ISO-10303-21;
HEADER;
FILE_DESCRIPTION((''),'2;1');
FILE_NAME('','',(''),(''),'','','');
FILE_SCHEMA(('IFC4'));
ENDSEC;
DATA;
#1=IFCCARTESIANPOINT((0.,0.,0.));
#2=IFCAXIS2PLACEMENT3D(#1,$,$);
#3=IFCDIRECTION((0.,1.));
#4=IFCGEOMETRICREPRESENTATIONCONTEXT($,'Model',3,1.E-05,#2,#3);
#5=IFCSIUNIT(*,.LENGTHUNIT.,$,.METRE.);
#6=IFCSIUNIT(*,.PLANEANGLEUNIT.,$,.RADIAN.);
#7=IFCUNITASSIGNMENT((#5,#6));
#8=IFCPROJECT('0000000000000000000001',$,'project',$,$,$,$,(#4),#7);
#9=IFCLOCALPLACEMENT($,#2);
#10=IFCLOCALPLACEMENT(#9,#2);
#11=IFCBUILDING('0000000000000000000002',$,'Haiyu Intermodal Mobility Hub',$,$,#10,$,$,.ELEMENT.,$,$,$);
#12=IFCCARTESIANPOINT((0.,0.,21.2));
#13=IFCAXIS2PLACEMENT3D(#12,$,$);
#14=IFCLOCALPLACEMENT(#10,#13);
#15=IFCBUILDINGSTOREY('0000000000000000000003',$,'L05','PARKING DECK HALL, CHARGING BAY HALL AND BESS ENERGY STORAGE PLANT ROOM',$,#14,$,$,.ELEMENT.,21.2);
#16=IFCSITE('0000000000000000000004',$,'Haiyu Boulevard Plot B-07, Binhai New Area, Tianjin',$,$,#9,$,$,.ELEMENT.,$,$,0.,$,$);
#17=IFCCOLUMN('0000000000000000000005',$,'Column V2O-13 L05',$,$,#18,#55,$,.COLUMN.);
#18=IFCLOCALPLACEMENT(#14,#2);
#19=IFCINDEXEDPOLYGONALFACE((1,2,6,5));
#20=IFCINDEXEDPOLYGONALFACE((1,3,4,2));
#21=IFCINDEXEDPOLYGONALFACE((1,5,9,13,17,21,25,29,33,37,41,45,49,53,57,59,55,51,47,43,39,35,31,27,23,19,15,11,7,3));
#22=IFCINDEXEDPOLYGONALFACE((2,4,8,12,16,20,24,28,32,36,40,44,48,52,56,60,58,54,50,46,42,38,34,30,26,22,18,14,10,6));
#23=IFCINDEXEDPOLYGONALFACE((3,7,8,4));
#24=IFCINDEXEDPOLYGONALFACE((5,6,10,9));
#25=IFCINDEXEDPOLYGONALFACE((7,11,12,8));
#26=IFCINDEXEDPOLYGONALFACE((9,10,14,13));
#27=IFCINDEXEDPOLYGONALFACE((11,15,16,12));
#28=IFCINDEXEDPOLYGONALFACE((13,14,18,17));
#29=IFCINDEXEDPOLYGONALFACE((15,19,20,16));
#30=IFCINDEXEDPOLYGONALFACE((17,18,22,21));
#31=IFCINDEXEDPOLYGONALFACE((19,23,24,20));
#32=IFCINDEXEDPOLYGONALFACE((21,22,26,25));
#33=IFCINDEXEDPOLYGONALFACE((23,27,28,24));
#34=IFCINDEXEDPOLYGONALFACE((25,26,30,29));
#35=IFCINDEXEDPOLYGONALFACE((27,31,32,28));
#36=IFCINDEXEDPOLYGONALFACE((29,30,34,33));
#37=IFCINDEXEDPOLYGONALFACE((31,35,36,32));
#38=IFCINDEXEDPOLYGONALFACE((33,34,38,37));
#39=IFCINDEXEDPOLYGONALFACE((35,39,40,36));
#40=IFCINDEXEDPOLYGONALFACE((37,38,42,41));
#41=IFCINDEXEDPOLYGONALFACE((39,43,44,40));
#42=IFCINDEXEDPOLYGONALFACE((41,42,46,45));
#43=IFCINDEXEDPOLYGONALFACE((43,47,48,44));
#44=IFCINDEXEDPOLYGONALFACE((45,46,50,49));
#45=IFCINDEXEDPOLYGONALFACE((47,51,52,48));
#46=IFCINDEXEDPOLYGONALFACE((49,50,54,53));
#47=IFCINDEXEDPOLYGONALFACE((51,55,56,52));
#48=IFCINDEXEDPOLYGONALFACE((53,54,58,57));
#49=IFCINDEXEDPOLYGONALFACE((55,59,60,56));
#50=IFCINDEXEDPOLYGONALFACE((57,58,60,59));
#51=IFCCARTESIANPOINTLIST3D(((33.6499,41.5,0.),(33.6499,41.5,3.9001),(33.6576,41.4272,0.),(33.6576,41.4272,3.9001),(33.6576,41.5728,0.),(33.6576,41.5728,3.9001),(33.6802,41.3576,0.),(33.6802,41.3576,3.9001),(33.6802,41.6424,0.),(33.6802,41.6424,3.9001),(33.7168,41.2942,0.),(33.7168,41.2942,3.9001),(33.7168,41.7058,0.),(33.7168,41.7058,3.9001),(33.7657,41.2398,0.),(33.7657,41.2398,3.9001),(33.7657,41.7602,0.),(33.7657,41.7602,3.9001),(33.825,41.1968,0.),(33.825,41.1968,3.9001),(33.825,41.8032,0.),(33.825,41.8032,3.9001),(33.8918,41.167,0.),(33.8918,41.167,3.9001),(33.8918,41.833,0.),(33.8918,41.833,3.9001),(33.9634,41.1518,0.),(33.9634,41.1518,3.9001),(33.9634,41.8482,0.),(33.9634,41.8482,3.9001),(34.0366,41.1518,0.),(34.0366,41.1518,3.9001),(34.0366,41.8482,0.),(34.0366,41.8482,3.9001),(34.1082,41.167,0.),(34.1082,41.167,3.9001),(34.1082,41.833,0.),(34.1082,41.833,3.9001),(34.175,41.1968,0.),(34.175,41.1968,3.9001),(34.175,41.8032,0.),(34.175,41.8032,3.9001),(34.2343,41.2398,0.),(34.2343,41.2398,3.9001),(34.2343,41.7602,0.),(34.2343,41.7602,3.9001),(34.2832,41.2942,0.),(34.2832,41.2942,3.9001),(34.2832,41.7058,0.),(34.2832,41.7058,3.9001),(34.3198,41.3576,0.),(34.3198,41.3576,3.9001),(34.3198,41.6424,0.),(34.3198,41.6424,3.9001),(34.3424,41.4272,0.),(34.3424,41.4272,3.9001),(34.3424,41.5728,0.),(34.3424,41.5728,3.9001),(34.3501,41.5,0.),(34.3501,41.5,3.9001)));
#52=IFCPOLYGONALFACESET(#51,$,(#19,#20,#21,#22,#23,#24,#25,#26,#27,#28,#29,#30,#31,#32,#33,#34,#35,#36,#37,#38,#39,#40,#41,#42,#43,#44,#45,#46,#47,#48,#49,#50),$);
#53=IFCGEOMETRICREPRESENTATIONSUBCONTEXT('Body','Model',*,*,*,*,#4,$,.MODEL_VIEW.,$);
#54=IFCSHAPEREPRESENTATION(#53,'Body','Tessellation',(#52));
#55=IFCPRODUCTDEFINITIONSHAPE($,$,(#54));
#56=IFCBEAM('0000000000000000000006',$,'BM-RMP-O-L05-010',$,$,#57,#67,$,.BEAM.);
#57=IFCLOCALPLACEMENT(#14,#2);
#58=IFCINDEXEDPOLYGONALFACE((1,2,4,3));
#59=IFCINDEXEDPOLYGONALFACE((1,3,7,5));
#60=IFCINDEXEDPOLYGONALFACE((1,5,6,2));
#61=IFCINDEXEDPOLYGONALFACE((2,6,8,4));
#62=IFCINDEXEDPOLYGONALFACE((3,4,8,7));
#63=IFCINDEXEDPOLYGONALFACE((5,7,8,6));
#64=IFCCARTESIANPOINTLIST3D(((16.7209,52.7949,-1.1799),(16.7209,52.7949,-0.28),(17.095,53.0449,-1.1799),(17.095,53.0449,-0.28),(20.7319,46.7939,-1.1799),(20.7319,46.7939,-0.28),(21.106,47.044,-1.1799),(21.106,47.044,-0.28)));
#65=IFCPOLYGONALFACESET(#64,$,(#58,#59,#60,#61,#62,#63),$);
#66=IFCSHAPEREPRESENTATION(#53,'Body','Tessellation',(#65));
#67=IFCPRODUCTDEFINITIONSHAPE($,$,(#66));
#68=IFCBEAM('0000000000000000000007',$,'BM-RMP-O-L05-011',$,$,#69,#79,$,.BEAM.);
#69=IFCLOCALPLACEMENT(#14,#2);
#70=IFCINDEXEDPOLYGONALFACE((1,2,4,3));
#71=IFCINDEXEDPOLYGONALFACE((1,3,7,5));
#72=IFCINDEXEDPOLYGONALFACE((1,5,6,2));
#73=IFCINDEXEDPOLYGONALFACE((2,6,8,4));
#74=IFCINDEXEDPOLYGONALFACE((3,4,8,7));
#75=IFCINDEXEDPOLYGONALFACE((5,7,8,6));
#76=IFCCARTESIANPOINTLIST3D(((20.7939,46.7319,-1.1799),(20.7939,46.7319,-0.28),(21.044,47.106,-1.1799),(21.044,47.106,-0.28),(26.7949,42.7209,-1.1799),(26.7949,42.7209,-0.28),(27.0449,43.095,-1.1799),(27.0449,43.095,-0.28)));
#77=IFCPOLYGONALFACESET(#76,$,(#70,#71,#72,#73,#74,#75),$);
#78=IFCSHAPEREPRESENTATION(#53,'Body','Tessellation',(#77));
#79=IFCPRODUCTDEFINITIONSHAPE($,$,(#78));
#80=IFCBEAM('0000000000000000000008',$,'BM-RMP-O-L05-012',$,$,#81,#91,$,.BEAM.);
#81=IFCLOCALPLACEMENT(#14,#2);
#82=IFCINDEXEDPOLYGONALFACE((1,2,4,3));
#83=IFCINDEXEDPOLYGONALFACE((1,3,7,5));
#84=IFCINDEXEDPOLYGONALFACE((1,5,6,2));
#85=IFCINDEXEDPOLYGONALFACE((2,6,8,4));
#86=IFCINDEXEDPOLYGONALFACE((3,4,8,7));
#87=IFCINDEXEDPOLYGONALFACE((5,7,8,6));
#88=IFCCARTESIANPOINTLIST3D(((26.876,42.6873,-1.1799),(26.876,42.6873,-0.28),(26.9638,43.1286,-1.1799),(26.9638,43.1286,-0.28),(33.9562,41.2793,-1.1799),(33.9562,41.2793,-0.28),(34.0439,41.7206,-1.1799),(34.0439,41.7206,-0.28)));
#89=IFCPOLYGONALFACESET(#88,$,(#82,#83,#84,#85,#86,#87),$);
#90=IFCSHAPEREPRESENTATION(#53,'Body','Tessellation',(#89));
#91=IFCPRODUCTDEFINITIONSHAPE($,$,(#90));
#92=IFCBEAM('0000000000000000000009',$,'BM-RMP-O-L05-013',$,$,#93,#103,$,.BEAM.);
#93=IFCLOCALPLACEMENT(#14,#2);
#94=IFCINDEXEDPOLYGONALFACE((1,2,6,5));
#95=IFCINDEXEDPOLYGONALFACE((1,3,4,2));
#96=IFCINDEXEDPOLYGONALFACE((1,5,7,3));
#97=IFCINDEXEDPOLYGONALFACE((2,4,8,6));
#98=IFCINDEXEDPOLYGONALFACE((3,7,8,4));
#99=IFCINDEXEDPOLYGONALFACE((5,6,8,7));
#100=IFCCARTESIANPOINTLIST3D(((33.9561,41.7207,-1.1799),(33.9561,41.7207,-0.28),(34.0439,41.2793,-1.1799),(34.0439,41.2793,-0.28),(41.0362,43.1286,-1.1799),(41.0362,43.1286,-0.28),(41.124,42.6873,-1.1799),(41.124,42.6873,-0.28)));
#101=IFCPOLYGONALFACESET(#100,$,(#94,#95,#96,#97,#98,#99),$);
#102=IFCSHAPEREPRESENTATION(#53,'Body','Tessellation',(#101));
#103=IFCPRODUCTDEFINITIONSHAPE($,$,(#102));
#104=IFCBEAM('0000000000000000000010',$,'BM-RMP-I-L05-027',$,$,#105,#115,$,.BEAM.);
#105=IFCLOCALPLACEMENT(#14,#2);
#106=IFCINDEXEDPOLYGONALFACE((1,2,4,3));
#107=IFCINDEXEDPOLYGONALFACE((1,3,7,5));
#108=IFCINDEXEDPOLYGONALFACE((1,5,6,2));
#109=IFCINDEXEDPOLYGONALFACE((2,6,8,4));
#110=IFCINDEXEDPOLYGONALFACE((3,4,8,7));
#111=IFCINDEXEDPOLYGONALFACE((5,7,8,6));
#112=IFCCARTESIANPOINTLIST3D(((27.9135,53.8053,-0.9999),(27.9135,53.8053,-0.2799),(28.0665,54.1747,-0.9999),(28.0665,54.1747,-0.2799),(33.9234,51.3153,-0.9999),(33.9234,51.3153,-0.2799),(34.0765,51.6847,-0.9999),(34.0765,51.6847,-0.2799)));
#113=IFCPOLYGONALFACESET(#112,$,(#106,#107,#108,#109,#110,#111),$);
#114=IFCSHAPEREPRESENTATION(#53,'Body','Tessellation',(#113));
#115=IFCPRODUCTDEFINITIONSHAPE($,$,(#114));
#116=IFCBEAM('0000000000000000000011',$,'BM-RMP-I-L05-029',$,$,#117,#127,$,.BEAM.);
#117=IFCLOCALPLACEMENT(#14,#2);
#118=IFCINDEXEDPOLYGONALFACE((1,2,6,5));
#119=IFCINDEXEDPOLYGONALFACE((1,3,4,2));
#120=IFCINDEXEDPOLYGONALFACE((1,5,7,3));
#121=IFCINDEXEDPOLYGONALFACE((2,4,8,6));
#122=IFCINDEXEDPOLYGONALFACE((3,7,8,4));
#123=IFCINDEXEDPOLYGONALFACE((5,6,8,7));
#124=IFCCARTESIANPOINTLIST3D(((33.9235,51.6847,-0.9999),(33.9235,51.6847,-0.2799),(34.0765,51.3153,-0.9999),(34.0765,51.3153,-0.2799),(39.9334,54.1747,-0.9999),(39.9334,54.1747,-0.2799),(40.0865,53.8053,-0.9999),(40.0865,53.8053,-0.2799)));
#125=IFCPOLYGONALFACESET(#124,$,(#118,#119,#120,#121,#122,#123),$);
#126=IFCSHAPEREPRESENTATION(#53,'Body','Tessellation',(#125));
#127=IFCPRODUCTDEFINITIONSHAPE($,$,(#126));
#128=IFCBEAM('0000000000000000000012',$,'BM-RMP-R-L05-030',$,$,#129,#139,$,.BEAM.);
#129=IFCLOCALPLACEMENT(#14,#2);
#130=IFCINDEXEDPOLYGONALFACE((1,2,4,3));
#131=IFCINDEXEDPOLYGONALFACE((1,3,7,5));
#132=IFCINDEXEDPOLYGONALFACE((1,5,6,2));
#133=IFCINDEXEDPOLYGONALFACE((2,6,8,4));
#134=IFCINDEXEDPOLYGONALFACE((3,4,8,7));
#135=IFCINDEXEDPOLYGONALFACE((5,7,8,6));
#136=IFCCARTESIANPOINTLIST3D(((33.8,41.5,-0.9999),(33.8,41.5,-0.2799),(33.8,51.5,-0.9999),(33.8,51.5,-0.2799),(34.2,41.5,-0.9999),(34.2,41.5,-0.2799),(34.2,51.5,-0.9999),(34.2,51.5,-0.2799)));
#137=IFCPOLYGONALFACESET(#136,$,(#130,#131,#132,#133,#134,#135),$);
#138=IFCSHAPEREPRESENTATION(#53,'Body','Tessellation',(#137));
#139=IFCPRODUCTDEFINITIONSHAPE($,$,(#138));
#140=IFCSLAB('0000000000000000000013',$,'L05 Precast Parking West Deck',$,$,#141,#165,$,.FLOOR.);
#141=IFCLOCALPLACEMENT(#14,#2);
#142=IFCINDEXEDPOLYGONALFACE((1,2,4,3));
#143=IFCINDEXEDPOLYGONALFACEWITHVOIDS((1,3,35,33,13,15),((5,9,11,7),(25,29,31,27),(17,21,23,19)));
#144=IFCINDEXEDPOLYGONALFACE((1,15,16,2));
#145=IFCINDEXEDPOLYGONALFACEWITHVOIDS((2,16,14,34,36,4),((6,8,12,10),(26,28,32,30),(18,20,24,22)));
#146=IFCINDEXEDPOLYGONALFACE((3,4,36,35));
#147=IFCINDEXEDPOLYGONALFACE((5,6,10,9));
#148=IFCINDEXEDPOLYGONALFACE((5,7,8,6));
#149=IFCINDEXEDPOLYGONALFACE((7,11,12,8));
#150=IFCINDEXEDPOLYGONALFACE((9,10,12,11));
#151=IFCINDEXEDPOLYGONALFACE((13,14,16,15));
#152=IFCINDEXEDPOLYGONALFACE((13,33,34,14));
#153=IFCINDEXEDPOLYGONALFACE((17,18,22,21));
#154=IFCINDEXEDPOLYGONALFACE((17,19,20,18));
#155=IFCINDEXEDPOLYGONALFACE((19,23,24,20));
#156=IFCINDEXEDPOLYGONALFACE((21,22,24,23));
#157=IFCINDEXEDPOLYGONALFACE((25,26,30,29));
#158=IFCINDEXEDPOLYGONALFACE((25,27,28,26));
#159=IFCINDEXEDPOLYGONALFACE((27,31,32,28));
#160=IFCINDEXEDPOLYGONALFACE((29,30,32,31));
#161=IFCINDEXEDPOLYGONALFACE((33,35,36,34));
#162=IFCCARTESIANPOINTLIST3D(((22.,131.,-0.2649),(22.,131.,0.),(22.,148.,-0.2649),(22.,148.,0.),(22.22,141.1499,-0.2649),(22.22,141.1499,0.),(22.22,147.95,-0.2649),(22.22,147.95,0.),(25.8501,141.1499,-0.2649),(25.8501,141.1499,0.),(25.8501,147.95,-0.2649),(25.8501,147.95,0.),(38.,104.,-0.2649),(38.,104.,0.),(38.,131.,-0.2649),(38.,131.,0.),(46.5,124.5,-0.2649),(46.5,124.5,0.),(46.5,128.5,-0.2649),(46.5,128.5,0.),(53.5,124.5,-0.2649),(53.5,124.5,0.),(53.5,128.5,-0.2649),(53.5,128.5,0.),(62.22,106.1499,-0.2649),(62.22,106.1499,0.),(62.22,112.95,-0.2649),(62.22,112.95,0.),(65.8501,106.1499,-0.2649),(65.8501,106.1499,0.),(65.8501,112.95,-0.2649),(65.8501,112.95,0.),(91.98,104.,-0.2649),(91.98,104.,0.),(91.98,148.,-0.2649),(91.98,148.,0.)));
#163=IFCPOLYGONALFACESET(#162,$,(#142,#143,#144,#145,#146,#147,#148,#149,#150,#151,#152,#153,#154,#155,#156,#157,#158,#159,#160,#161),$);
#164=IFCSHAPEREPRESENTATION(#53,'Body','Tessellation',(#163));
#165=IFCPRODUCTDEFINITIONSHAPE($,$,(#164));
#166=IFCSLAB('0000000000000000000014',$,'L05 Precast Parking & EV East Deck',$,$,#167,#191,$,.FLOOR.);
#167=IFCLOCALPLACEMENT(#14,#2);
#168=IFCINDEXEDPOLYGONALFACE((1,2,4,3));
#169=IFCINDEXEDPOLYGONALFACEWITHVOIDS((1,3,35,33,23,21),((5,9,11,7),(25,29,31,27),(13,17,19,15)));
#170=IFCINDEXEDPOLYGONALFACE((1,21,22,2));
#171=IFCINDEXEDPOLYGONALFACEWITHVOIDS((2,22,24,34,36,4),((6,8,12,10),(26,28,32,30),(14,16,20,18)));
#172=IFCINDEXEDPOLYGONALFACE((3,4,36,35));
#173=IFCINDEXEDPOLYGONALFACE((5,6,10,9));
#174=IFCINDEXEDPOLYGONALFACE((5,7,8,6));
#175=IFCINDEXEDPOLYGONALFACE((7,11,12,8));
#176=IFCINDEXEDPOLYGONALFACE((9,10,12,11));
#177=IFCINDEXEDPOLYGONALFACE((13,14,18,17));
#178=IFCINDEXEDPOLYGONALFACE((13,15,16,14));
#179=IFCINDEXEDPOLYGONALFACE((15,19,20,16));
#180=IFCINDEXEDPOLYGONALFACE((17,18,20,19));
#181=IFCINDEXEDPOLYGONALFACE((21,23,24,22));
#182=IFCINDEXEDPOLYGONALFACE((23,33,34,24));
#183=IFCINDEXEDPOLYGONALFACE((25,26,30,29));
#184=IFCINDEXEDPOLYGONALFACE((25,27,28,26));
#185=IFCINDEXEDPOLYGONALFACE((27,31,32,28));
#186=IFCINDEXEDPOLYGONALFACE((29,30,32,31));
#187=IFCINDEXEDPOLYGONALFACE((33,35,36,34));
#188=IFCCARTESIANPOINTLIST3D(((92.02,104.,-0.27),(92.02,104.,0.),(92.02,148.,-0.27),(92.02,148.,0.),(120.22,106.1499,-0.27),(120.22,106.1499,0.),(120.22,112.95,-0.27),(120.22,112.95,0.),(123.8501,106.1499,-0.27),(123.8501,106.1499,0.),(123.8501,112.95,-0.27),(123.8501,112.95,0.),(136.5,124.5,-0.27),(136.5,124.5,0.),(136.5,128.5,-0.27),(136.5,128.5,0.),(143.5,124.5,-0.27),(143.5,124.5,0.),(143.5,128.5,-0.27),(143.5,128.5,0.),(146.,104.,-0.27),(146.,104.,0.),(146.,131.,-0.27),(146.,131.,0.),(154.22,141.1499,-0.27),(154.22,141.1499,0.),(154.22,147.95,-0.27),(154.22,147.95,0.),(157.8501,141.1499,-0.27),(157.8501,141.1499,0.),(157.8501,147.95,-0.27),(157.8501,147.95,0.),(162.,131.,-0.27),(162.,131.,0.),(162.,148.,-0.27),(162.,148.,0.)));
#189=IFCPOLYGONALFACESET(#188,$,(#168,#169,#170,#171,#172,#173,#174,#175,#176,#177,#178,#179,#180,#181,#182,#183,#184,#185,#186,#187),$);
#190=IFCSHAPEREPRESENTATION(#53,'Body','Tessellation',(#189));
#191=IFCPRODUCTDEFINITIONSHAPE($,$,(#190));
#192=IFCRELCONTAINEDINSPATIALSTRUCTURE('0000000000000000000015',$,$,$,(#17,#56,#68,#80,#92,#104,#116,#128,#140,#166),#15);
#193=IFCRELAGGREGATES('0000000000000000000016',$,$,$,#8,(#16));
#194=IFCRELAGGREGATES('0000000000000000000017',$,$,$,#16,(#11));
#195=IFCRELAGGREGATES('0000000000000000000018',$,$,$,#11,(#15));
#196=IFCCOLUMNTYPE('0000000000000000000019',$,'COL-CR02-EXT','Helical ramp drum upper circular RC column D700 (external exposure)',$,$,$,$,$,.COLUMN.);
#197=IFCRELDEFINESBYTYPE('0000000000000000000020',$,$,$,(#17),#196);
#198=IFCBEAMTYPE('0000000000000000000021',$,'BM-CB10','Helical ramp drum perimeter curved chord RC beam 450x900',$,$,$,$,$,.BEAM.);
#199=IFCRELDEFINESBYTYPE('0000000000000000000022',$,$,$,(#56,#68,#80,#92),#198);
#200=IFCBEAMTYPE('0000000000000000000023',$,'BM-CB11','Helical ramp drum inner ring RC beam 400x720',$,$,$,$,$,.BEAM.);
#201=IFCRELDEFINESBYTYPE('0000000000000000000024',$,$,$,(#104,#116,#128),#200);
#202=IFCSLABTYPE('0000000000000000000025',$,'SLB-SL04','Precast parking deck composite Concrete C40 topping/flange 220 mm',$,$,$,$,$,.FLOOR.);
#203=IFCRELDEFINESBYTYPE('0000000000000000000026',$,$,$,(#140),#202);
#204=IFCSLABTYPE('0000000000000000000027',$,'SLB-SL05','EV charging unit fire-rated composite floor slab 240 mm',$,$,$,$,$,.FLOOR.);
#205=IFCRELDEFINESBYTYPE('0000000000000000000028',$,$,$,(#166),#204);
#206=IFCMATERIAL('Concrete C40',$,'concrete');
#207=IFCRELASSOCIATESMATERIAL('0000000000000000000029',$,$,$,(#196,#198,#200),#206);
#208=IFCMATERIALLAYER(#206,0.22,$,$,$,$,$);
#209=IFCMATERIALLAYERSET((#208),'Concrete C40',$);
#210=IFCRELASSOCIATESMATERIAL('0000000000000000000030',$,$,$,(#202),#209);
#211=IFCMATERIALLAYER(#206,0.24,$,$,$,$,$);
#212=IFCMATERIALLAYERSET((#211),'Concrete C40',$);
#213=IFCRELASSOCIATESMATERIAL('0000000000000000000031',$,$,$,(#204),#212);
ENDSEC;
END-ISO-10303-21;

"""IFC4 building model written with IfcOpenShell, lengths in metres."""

from ifc_helpers import new_model, si_unit, direction, frame, origin, origin_2d, place, context, subcontext, project, spatial, polyline, rectangle, circle, outline, extrude, material, layer, layer_set, material_profile, profile_set, type_object, element, save


model = new_model("IFC4")

# Units and contexts
model_context = context("Model", 3, precision=1e-05, world=origin(), true_north=direction((0.0, 1.0)))
body_context = subcontext(model_context, "Body", "Model", "MODEL_VIEW")
ifc_project = project(units=[si_unit("LENGTHUNIT", "METRE"), si_unit("PLANEANGLEUNIT", "RADIAN")], contexts=[model_context])

# Site, building, storey
site_placement = place(None, origin())
site = spatial("IfcSite", under=ifc_project, at=site_placement, Name="Haiyu Boulevard Plot B-07, Binhai New Area, Tianjin", CompositionType="ELEMENT", RefElevation=0.0)
building_placement = place(site_placement, origin())
building = spatial("IfcBuilding", under=site, at=building_placement, Name="Haiyu Intermodal Mobility Hub", CompositionType="ELEMENT")
storey_placement = place(building_placement, frame((0.0, 0.0, 21.2)))
storey = spatial("IfcBuildingStorey", under=building, at=storey_placement, Name="L05", Description="PARKING DECK HALL, CHARGING BAY HALL AND BESS ENERGY STORAGE PLANT ROOM", CompositionType="ELEMENT", Elevation=21.2)

# Column
ifc_material_1 = material(Name="Concrete C40", Category="concrete")
ifc_material_profile_1 = material_profile(ifc_material_1, circle(Radius=0.3501, at=origin_2d()), Name="RCCOL-D700")
ifc_profile_set_1 = profile_set([ifc_material_profile_1], Name="Concrete C40")
column_type_1 = type_object("IfcColumnType", Name="COL-CR02-EXT", Description="Helical ramp drum upper circular RC column D700 (external exposure)", PredefinedType="COLUMN", material=ifc_profile_set_1)
for number, where, z_axis, x_axis, name in (
    (1, (34.0, 41.5, 0.0), (0.0, 0.0, 1.0), (1.0, 0.0, 0.0), "Column V2O-13 L05"),
):
    element("IfcColumn", number, at=place(storey_placement, frame(where, z_axis=z_axis, x_axis=x_axis)), inside=storey, type_object=column_type_1, Name=name, PredefinedType="COLUMN", context=body_context, shape_type="SweptSolid", body=[
        extrude(circle(Radius=0.3501, at=origin_2d()), origin(), (0.0, 0.0, 1.0), 3.9001),
    ])

# Beams
ifc_material_profile_2 = material_profile(ifc_material_1, rectangle(XDim=0.45, YDim=0.8999, at=origin_2d()), Name="RCB450x900")
ifc_profile_set_2 = profile_set([ifc_material_profile_2], Name="Concrete C40")
beam_type_1 = type_object("IfcBeamType", Name="BM-CB10", Description="Helical ramp drum perimeter curved chord RC beam 450x900", PredefinedType="BEAM", material=ifc_profile_set_2)
for number, where, z_axis, x_axis, name in (
    (2, (16.908, 52.9199, -0.73), (0.555691, -0.831389, 0.0), (0.831389, 0.555691, 0.0), "BM-RMP-O-L05-010"),
    (3, (20.9189, 46.9189, -0.73), (0.831389, -0.555691, 0.0), (0.555691, 0.831389, 0.0), "BM-RMP-O-L05-011"),
):
    element("IfcBeam", number, at=place(storey_placement, frame(where, z_axis=z_axis, x_axis=x_axis)), inside=storey, type_object=beam_type_1, Name=name, PredefinedType="BEAM", context=body_context, shape_type="SweptSolid", body=[
        extrude(rectangle(XDim=0.45, YDim=0.8999, at=origin_2d()), origin(), (0.0, 0.0, 1.0), 7.218),
    ])
for number, where, z_axis, x_axis, name in (
    (4, (26.9199, 42.908, -0.73), (0.980795, -0.195043, 0.0), (0.195043, 0.980795, 0.0), "BM-RMP-O-L05-012"),
    (5, (34.0, 41.5, -0.73), (0.980795, 0.195043, 0.0), (-0.195043, 0.980795, 0.0), "BM-RMP-O-L05-013"),
):
    element("IfcBeam", number, at=place(storey_placement, frame(where, z_axis=z_axis, x_axis=x_axis)), inside=storey, type_object=beam_type_1, Name=name, PredefinedType="BEAM", context=body_context, shape_type="SweptSolid", body=[
        extrude(rectangle(XDim=0.45, YDim=0.8999, at=origin_2d()), origin(), (0.0, 0.0, 1.0), 7.2188),
    ])
ifc_material_profile_3 = material_profile(ifc_material_1, rectangle(XDim=0.3999, YDim=0.72, at=origin_2d()), Name="RCB400x720")
ifc_profile_set_3 = profile_set([ifc_material_profile_3], Name="Concrete C40")
beam_type_2 = type_object("IfcBeamType", Name="BM-CB11", Description="Helical ramp drum inner ring RC beam 400x720", PredefinedType="BEAM", material=ifc_profile_set_3)
for number, where, z_axis, x_axis, name in (
    (6, (27.99, 53.99, -0.6399), (0.923849, -0.382757, 0.0), (0.382757, 0.923849, 0.0), "BM-RMP-I-L05-027"),
    (7, (34.0, 51.5, -0.6399), (0.923849, 0.382757, 0.0), (-0.382757, 0.923849, 0.0), "BM-RMP-I-L05-029"),
):
    element("IfcBeam", number, at=place(storey_placement, frame(where, z_axis=z_axis, x_axis=x_axis)), inside=storey, type_object=beam_type_2, Name=name, PredefinedType="BEAM", context=body_context, shape_type="SweptSolid", body=[
        extrude(rectangle(XDim=0.3999, YDim=0.72, at=origin_2d()), origin(), (0.0, 0.0, 1.0), 6.5054),
    ])
beam_placement = place(storey_placement, frame((34.0, 51.5, -0.6399), z_axis=(0.0, -1.0, 0.0), x_axis=(1.0, 0.0, 0.0)))
element("IfcBeam", 8, at=beam_placement, inside=storey, type_object=beam_type_2, Name="BM-RMP-R-L05-030", PredefinedType="BEAM", context=body_context, shape_type="SweptSolid", body=[
    extrude(rectangle(XDim=0.3999, YDim=0.72, at=origin_2d()), origin(), (0.0, 0.0, 1.0), 10.0),
])

# Slabs
ifc_layer_1 = layer(ifc_material_1, 0.22)
ifc_layer_set_1 = layer_set([ifc_layer_1], Name="Concrete C40")
slab_type_1 = type_object("IfcSlabType", Name="SLB-SL04", Description="Precast parking deck composite Concrete C40 topping/flange 220 mm", PredefinedType="FLOOR", material=ifc_layer_set_1)
slab_1_placement = place(storey_placement, frame((0.0, 0.0, -0.2649)))
element("IfcSlab", 9, at=slab_1_placement, inside=storey, type_object=slab_type_1, Name="L05 Precast Parking West Deck", PredefinedType="FLOOR", context=body_context, shape_type="SweptSolid", body=[
    extrude(outline(polyline([(38.0, 104.0), (91.98, 104.0), (91.98, 148.0), (22.0, 148.0), (22.0, 131.0), (38.0, 131.0), (38.0, 104.0)]), holes=[polyline([(22.22, 141.1499), (25.8501, 141.1499), (25.8501, 147.95), (22.22, 147.95), (22.22, 141.1499)]), polyline([(62.22, 106.1499), (65.8501, 106.1499), (65.8501, 112.95), (62.22, 112.95), (62.22, 106.1499)]), polyline([(46.5, 124.5), (53.5, 124.5), (53.5, 128.5), (46.5, 128.5), (46.5, 124.5)])]), origin(), (0.0, 0.0, 1.0), 0.2649),
])
ifc_layer_2 = layer(ifc_material_1, 0.24)
ifc_layer_set_2 = layer_set([ifc_layer_2], Name="Concrete C40")
slab_type_2 = type_object("IfcSlabType", Name="SLB-SL05", Description="EV charging unit fire-rated composite floor slab 240 mm", PredefinedType="FLOOR", material=ifc_layer_set_2)
slab_2_placement = place(storey_placement, frame((0.0, 0.0, -0.27)))
element("IfcSlab", 10, at=slab_2_placement, inside=storey, type_object=slab_type_2, Name="L05 Precast Parking & EV East Deck", PredefinedType="FLOOR", context=body_context, shape_type="SweptSolid", body=[
    extrude(outline(polyline([(92.02, 104.0), (146.0, 104.0), (146.0, 131.0), (162.0, 131.0), (162.0, 148.0), (92.02, 148.0), (92.02, 104.0)]), holes=[polyline([(154.22, 141.1499), (157.8501, 141.1499), (157.8501, 147.95), (154.22, 147.95), (154.22, 141.1499)]), polyline([(120.22, 106.1499), (123.8501, 106.1499), (123.8501, 112.95), (120.22, 112.95), (120.22, 106.1499)]), polyline([(136.5, 124.5), (143.5, 124.5), (143.5, 128.5), (136.5, 128.5), (136.5, 124.5)])]), origin(), (0.0, 0.0, 1.0), 0.27),
])

save(model, "model.ifc")
